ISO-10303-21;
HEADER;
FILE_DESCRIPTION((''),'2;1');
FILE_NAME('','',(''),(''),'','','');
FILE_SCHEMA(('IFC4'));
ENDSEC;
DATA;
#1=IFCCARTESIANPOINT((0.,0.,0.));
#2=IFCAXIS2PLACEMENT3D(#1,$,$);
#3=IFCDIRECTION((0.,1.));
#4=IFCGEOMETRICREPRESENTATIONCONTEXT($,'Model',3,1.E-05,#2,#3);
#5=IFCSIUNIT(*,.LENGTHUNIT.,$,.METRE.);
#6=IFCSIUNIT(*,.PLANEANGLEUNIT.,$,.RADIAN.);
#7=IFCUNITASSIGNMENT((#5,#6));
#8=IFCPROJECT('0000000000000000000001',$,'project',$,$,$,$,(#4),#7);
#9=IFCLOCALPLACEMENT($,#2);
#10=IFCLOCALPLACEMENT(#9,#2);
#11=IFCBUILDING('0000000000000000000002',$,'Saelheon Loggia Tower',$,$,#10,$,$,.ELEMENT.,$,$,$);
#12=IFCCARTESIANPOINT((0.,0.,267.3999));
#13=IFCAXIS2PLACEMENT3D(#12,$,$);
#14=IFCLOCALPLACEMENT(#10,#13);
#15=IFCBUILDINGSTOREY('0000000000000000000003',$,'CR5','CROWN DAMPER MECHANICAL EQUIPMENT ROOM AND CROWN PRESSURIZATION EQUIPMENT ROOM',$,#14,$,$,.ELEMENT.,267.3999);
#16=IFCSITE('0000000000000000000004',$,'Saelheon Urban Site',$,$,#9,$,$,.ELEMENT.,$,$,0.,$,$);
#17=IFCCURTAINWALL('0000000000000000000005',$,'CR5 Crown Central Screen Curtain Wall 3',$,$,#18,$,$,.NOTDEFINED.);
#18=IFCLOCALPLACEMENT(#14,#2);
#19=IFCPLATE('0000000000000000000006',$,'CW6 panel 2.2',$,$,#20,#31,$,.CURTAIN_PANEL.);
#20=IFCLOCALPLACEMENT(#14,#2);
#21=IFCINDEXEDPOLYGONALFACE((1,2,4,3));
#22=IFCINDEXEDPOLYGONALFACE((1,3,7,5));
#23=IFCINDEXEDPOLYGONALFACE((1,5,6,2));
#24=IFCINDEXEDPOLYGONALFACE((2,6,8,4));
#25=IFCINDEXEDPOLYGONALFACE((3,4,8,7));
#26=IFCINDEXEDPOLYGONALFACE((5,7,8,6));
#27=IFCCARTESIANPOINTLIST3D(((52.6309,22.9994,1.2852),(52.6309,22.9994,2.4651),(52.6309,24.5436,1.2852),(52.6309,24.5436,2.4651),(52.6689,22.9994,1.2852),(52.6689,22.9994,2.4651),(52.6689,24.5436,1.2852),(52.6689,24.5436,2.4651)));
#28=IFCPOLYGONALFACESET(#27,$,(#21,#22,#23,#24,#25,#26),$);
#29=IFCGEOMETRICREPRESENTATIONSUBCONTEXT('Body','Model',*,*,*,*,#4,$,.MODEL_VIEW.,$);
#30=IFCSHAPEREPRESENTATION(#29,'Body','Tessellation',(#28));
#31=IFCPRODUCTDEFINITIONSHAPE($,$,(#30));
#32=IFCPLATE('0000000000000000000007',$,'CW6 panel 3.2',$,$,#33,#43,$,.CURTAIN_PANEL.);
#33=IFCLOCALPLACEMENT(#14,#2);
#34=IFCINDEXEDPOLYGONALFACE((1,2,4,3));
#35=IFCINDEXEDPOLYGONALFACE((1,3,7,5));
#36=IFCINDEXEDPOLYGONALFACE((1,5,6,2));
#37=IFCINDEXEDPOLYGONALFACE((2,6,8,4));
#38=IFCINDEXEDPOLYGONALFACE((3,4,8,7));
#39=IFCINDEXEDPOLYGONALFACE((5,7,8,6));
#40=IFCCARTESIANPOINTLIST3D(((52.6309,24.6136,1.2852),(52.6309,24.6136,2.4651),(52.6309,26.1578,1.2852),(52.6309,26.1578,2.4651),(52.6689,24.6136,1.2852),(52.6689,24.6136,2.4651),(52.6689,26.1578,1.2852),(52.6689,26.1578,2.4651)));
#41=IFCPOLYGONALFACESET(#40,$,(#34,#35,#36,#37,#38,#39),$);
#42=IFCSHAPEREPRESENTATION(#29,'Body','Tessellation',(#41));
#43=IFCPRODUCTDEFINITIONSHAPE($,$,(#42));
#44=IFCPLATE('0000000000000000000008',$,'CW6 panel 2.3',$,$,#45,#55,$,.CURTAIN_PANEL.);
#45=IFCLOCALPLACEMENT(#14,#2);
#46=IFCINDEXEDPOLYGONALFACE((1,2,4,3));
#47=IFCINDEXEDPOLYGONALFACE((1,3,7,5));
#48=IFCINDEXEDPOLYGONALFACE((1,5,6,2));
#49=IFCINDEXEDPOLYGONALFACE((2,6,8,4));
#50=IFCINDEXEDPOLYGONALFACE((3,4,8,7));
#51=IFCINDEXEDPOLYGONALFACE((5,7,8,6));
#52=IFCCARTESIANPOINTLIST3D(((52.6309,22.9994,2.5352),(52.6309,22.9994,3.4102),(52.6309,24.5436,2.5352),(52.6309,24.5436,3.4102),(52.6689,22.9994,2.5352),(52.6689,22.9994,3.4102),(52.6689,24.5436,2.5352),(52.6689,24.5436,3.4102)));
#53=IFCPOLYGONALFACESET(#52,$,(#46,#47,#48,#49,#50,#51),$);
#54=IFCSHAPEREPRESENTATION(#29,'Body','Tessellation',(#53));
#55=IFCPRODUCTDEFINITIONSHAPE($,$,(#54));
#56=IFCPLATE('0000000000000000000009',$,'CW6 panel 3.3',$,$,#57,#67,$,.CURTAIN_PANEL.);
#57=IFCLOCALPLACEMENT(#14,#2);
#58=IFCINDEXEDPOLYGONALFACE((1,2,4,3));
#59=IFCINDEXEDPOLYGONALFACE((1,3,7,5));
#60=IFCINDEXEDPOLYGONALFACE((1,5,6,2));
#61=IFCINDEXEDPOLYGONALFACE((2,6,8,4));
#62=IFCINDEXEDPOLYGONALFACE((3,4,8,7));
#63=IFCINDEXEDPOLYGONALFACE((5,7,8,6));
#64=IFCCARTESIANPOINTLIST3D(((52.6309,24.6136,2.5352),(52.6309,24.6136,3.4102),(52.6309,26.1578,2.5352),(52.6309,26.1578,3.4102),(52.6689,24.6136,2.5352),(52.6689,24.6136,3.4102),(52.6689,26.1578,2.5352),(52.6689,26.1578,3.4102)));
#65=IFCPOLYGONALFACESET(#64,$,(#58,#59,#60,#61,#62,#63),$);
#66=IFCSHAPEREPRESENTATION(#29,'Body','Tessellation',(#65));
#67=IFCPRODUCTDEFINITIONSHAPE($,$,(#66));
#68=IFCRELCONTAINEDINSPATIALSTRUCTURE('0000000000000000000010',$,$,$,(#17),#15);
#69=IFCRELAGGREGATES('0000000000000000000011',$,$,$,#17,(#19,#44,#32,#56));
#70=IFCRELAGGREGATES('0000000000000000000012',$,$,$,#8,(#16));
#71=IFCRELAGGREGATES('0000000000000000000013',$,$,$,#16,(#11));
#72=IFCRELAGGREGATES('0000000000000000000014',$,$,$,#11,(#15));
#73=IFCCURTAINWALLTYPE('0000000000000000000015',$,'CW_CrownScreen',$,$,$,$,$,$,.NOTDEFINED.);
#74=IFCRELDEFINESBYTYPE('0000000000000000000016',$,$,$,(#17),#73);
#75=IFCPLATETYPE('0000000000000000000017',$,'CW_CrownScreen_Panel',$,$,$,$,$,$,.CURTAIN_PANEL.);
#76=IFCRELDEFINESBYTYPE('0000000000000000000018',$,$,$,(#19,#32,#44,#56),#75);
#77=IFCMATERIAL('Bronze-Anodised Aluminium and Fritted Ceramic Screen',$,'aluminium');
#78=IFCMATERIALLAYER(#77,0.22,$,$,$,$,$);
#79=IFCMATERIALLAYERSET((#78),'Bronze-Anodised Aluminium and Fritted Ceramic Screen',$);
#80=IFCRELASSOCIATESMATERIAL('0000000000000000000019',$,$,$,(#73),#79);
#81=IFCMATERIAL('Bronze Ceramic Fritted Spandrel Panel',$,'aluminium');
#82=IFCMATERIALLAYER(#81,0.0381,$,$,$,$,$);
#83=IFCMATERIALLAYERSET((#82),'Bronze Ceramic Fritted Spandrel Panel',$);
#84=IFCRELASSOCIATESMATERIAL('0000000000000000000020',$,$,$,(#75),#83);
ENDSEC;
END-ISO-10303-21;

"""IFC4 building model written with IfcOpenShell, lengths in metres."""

from ifc_helpers import new_model, si_unit, direction, frame, origin, origin_2d, place, context, subcontext, project, spatial, rectangle, extrude, source, transform, mapped, material, layer, layer_set, type_object, element, aggregate, save


model = new_model("IFC4")

# Units and contexts
model_context = context("Model", 3, precision=1e-05, world=origin(), true_north=direction((0.0, 1.0)))
body_context = subcontext(model_context, "Body", "Model", "MODEL_VIEW")
ifc_project = project(units=[si_unit("LENGTHUNIT", "METRE"), si_unit("PLANEANGLEUNIT", "RADIAN")], contexts=[model_context])

# Site, building, storey
site_placement = place(None, origin())
site = spatial("IfcSite", under=ifc_project, at=site_placement, Name="Saelheon Urban Site", CompositionType="ELEMENT", RefElevation=0.0)
building_placement = place(site_placement, origin())
building = spatial("IfcBuilding", under=site, at=building_placement, Name="Saelheon Loggia Tower", CompositionType="ELEMENT")
storey_placement = place(building_placement, frame((0.0, 0.0, 267.3999)))
storey = spatial("IfcBuildingStorey", under=building, at=storey_placement, Name="CR5", Description="CROWN DAMPER MECHANICAL EQUIPMENT ROOM AND CROWN PRESSURIZATION EQUIPMENT ROOM", CompositionType="ELEMENT", Elevation=267.3999)

# Curtain wall, plates
ifc_material_1 = material(Name="Bronze-Anodised Aluminium and Fritted Ceramic Screen", Category="aluminium")
ifc_layer_1 = layer(ifc_material_1, 0.22)
ifc_layer_set_1 = layer_set([ifc_layer_1], Name="Bronze-Anodised Aluminium and Fritted Ceramic Screen")
curtain_wall_type = type_object("IfcCurtainWallType", Name="CW_CrownScreen", PredefinedType="NOTDEFINED", material=ifc_layer_set_1)
curtain_wall_placement = place(storey_placement, origin())
curtain_wall = element("IfcCurtainWall", 1, at=curtain_wall_placement, inside=storey, type_object=curtain_wall_type, Name="CR5 Crown Central Screen Curtain Wall 3", PredefinedType="NOTDEFINED")
ifc_material_2 = material(Name="Bronze Ceramic Fritted Spandrel Panel", Category="aluminium")
ifc_layer_2 = layer(ifc_material_2, 0.0381)
ifc_layer_set_2 = layer_set([ifc_layer_2], Name="Bronze Ceramic Fritted Spandrel Panel")
plate_type = type_object("IfcPlateType", Name="CW_CrownScreen_Panel", PredefinedType="CURTAIN_PANEL", material=ifc_layer_set_2)
shared_shape_1 = source(origin(), body_context, "Body", "SweptSolid", [
    extrude(rectangle(XDim=1.5442, YDim=0.0381, at=origin_2d()), origin(), (0.0, 0.0, 1.0), 1.1799),
])
plate_1_placement = place(storey_placement, frame((52.6499, 23.7715, 1.2852), z_axis=(0.0, 0.0, 1.0), x_axis=(0.0, 1.0, 0.0)))
plate_1 = element("IfcPlate", 2, at=plate_1_placement, type_object=plate_type, Name="CW6 panel 2.2", PredefinedType="CURTAIN_PANEL", context=body_context, shape_type="MappedRepresentation", body=[
    mapped(shared_shape_1, transform((0.0, 0.0, 0.0), scale=1.0)),
])
plate_2_placement = place(storey_placement, frame((52.6499, 25.3857, 1.2852), z_axis=(0.0, 0.0, 1.0), x_axis=(0.0, 1.0, 0.0)))
plate_2 = element("IfcPlate", 3, at=plate_2_placement, type_object=plate_type, Name="CW6 panel 3.2", PredefinedType="CURTAIN_PANEL", context=body_context, shape_type="MappedRepresentation", body=[
    mapped(shared_shape_1, transform((0.0, 0.0, 0.0), scale=1.0)),
])
shared_shape_2 = source(origin(), body_context, "Body", "SweptSolid", [
    extrude(rectangle(XDim=1.5442, YDim=0.0381, at=origin_2d()), origin(), (0.0, 0.0, 1.0), 0.875),
])
plate_3_placement = place(storey_placement, frame((52.6499, 23.7715, 2.5352), z_axis=(0.0, 0.0, 1.0), x_axis=(0.0, 1.0, 0.0)))
plate_3 = element("IfcPlate", 4, at=plate_3_placement, type_object=plate_type, Name="CW6 panel 2.3", PredefinedType="CURTAIN_PANEL", context=body_context, shape_type="MappedRepresentation", body=[
    mapped(shared_shape_2, transform((0.0, 0.0, 0.0), scale=1.0)),
])
plate_4_placement = place(storey_placement, frame((52.6499, 25.3857, 2.5352), z_axis=(0.0, 0.0, 1.0), x_axis=(0.0, 1.0, 0.0)))
plate_4 = element("IfcPlate", 5, at=plate_4_placement, type_object=plate_type, Name="CW6 panel 3.3", PredefinedType="CURTAIN_PANEL", context=body_context, shape_type="MappedRepresentation", body=[
    mapped(shared_shape_2, transform((0.0, 0.0, 0.0), scale=1.0)),
])
aggregate(curtain_wall, [plate_1, plate_3, plate_2, plate_4])

save(model, "model.ifc")
